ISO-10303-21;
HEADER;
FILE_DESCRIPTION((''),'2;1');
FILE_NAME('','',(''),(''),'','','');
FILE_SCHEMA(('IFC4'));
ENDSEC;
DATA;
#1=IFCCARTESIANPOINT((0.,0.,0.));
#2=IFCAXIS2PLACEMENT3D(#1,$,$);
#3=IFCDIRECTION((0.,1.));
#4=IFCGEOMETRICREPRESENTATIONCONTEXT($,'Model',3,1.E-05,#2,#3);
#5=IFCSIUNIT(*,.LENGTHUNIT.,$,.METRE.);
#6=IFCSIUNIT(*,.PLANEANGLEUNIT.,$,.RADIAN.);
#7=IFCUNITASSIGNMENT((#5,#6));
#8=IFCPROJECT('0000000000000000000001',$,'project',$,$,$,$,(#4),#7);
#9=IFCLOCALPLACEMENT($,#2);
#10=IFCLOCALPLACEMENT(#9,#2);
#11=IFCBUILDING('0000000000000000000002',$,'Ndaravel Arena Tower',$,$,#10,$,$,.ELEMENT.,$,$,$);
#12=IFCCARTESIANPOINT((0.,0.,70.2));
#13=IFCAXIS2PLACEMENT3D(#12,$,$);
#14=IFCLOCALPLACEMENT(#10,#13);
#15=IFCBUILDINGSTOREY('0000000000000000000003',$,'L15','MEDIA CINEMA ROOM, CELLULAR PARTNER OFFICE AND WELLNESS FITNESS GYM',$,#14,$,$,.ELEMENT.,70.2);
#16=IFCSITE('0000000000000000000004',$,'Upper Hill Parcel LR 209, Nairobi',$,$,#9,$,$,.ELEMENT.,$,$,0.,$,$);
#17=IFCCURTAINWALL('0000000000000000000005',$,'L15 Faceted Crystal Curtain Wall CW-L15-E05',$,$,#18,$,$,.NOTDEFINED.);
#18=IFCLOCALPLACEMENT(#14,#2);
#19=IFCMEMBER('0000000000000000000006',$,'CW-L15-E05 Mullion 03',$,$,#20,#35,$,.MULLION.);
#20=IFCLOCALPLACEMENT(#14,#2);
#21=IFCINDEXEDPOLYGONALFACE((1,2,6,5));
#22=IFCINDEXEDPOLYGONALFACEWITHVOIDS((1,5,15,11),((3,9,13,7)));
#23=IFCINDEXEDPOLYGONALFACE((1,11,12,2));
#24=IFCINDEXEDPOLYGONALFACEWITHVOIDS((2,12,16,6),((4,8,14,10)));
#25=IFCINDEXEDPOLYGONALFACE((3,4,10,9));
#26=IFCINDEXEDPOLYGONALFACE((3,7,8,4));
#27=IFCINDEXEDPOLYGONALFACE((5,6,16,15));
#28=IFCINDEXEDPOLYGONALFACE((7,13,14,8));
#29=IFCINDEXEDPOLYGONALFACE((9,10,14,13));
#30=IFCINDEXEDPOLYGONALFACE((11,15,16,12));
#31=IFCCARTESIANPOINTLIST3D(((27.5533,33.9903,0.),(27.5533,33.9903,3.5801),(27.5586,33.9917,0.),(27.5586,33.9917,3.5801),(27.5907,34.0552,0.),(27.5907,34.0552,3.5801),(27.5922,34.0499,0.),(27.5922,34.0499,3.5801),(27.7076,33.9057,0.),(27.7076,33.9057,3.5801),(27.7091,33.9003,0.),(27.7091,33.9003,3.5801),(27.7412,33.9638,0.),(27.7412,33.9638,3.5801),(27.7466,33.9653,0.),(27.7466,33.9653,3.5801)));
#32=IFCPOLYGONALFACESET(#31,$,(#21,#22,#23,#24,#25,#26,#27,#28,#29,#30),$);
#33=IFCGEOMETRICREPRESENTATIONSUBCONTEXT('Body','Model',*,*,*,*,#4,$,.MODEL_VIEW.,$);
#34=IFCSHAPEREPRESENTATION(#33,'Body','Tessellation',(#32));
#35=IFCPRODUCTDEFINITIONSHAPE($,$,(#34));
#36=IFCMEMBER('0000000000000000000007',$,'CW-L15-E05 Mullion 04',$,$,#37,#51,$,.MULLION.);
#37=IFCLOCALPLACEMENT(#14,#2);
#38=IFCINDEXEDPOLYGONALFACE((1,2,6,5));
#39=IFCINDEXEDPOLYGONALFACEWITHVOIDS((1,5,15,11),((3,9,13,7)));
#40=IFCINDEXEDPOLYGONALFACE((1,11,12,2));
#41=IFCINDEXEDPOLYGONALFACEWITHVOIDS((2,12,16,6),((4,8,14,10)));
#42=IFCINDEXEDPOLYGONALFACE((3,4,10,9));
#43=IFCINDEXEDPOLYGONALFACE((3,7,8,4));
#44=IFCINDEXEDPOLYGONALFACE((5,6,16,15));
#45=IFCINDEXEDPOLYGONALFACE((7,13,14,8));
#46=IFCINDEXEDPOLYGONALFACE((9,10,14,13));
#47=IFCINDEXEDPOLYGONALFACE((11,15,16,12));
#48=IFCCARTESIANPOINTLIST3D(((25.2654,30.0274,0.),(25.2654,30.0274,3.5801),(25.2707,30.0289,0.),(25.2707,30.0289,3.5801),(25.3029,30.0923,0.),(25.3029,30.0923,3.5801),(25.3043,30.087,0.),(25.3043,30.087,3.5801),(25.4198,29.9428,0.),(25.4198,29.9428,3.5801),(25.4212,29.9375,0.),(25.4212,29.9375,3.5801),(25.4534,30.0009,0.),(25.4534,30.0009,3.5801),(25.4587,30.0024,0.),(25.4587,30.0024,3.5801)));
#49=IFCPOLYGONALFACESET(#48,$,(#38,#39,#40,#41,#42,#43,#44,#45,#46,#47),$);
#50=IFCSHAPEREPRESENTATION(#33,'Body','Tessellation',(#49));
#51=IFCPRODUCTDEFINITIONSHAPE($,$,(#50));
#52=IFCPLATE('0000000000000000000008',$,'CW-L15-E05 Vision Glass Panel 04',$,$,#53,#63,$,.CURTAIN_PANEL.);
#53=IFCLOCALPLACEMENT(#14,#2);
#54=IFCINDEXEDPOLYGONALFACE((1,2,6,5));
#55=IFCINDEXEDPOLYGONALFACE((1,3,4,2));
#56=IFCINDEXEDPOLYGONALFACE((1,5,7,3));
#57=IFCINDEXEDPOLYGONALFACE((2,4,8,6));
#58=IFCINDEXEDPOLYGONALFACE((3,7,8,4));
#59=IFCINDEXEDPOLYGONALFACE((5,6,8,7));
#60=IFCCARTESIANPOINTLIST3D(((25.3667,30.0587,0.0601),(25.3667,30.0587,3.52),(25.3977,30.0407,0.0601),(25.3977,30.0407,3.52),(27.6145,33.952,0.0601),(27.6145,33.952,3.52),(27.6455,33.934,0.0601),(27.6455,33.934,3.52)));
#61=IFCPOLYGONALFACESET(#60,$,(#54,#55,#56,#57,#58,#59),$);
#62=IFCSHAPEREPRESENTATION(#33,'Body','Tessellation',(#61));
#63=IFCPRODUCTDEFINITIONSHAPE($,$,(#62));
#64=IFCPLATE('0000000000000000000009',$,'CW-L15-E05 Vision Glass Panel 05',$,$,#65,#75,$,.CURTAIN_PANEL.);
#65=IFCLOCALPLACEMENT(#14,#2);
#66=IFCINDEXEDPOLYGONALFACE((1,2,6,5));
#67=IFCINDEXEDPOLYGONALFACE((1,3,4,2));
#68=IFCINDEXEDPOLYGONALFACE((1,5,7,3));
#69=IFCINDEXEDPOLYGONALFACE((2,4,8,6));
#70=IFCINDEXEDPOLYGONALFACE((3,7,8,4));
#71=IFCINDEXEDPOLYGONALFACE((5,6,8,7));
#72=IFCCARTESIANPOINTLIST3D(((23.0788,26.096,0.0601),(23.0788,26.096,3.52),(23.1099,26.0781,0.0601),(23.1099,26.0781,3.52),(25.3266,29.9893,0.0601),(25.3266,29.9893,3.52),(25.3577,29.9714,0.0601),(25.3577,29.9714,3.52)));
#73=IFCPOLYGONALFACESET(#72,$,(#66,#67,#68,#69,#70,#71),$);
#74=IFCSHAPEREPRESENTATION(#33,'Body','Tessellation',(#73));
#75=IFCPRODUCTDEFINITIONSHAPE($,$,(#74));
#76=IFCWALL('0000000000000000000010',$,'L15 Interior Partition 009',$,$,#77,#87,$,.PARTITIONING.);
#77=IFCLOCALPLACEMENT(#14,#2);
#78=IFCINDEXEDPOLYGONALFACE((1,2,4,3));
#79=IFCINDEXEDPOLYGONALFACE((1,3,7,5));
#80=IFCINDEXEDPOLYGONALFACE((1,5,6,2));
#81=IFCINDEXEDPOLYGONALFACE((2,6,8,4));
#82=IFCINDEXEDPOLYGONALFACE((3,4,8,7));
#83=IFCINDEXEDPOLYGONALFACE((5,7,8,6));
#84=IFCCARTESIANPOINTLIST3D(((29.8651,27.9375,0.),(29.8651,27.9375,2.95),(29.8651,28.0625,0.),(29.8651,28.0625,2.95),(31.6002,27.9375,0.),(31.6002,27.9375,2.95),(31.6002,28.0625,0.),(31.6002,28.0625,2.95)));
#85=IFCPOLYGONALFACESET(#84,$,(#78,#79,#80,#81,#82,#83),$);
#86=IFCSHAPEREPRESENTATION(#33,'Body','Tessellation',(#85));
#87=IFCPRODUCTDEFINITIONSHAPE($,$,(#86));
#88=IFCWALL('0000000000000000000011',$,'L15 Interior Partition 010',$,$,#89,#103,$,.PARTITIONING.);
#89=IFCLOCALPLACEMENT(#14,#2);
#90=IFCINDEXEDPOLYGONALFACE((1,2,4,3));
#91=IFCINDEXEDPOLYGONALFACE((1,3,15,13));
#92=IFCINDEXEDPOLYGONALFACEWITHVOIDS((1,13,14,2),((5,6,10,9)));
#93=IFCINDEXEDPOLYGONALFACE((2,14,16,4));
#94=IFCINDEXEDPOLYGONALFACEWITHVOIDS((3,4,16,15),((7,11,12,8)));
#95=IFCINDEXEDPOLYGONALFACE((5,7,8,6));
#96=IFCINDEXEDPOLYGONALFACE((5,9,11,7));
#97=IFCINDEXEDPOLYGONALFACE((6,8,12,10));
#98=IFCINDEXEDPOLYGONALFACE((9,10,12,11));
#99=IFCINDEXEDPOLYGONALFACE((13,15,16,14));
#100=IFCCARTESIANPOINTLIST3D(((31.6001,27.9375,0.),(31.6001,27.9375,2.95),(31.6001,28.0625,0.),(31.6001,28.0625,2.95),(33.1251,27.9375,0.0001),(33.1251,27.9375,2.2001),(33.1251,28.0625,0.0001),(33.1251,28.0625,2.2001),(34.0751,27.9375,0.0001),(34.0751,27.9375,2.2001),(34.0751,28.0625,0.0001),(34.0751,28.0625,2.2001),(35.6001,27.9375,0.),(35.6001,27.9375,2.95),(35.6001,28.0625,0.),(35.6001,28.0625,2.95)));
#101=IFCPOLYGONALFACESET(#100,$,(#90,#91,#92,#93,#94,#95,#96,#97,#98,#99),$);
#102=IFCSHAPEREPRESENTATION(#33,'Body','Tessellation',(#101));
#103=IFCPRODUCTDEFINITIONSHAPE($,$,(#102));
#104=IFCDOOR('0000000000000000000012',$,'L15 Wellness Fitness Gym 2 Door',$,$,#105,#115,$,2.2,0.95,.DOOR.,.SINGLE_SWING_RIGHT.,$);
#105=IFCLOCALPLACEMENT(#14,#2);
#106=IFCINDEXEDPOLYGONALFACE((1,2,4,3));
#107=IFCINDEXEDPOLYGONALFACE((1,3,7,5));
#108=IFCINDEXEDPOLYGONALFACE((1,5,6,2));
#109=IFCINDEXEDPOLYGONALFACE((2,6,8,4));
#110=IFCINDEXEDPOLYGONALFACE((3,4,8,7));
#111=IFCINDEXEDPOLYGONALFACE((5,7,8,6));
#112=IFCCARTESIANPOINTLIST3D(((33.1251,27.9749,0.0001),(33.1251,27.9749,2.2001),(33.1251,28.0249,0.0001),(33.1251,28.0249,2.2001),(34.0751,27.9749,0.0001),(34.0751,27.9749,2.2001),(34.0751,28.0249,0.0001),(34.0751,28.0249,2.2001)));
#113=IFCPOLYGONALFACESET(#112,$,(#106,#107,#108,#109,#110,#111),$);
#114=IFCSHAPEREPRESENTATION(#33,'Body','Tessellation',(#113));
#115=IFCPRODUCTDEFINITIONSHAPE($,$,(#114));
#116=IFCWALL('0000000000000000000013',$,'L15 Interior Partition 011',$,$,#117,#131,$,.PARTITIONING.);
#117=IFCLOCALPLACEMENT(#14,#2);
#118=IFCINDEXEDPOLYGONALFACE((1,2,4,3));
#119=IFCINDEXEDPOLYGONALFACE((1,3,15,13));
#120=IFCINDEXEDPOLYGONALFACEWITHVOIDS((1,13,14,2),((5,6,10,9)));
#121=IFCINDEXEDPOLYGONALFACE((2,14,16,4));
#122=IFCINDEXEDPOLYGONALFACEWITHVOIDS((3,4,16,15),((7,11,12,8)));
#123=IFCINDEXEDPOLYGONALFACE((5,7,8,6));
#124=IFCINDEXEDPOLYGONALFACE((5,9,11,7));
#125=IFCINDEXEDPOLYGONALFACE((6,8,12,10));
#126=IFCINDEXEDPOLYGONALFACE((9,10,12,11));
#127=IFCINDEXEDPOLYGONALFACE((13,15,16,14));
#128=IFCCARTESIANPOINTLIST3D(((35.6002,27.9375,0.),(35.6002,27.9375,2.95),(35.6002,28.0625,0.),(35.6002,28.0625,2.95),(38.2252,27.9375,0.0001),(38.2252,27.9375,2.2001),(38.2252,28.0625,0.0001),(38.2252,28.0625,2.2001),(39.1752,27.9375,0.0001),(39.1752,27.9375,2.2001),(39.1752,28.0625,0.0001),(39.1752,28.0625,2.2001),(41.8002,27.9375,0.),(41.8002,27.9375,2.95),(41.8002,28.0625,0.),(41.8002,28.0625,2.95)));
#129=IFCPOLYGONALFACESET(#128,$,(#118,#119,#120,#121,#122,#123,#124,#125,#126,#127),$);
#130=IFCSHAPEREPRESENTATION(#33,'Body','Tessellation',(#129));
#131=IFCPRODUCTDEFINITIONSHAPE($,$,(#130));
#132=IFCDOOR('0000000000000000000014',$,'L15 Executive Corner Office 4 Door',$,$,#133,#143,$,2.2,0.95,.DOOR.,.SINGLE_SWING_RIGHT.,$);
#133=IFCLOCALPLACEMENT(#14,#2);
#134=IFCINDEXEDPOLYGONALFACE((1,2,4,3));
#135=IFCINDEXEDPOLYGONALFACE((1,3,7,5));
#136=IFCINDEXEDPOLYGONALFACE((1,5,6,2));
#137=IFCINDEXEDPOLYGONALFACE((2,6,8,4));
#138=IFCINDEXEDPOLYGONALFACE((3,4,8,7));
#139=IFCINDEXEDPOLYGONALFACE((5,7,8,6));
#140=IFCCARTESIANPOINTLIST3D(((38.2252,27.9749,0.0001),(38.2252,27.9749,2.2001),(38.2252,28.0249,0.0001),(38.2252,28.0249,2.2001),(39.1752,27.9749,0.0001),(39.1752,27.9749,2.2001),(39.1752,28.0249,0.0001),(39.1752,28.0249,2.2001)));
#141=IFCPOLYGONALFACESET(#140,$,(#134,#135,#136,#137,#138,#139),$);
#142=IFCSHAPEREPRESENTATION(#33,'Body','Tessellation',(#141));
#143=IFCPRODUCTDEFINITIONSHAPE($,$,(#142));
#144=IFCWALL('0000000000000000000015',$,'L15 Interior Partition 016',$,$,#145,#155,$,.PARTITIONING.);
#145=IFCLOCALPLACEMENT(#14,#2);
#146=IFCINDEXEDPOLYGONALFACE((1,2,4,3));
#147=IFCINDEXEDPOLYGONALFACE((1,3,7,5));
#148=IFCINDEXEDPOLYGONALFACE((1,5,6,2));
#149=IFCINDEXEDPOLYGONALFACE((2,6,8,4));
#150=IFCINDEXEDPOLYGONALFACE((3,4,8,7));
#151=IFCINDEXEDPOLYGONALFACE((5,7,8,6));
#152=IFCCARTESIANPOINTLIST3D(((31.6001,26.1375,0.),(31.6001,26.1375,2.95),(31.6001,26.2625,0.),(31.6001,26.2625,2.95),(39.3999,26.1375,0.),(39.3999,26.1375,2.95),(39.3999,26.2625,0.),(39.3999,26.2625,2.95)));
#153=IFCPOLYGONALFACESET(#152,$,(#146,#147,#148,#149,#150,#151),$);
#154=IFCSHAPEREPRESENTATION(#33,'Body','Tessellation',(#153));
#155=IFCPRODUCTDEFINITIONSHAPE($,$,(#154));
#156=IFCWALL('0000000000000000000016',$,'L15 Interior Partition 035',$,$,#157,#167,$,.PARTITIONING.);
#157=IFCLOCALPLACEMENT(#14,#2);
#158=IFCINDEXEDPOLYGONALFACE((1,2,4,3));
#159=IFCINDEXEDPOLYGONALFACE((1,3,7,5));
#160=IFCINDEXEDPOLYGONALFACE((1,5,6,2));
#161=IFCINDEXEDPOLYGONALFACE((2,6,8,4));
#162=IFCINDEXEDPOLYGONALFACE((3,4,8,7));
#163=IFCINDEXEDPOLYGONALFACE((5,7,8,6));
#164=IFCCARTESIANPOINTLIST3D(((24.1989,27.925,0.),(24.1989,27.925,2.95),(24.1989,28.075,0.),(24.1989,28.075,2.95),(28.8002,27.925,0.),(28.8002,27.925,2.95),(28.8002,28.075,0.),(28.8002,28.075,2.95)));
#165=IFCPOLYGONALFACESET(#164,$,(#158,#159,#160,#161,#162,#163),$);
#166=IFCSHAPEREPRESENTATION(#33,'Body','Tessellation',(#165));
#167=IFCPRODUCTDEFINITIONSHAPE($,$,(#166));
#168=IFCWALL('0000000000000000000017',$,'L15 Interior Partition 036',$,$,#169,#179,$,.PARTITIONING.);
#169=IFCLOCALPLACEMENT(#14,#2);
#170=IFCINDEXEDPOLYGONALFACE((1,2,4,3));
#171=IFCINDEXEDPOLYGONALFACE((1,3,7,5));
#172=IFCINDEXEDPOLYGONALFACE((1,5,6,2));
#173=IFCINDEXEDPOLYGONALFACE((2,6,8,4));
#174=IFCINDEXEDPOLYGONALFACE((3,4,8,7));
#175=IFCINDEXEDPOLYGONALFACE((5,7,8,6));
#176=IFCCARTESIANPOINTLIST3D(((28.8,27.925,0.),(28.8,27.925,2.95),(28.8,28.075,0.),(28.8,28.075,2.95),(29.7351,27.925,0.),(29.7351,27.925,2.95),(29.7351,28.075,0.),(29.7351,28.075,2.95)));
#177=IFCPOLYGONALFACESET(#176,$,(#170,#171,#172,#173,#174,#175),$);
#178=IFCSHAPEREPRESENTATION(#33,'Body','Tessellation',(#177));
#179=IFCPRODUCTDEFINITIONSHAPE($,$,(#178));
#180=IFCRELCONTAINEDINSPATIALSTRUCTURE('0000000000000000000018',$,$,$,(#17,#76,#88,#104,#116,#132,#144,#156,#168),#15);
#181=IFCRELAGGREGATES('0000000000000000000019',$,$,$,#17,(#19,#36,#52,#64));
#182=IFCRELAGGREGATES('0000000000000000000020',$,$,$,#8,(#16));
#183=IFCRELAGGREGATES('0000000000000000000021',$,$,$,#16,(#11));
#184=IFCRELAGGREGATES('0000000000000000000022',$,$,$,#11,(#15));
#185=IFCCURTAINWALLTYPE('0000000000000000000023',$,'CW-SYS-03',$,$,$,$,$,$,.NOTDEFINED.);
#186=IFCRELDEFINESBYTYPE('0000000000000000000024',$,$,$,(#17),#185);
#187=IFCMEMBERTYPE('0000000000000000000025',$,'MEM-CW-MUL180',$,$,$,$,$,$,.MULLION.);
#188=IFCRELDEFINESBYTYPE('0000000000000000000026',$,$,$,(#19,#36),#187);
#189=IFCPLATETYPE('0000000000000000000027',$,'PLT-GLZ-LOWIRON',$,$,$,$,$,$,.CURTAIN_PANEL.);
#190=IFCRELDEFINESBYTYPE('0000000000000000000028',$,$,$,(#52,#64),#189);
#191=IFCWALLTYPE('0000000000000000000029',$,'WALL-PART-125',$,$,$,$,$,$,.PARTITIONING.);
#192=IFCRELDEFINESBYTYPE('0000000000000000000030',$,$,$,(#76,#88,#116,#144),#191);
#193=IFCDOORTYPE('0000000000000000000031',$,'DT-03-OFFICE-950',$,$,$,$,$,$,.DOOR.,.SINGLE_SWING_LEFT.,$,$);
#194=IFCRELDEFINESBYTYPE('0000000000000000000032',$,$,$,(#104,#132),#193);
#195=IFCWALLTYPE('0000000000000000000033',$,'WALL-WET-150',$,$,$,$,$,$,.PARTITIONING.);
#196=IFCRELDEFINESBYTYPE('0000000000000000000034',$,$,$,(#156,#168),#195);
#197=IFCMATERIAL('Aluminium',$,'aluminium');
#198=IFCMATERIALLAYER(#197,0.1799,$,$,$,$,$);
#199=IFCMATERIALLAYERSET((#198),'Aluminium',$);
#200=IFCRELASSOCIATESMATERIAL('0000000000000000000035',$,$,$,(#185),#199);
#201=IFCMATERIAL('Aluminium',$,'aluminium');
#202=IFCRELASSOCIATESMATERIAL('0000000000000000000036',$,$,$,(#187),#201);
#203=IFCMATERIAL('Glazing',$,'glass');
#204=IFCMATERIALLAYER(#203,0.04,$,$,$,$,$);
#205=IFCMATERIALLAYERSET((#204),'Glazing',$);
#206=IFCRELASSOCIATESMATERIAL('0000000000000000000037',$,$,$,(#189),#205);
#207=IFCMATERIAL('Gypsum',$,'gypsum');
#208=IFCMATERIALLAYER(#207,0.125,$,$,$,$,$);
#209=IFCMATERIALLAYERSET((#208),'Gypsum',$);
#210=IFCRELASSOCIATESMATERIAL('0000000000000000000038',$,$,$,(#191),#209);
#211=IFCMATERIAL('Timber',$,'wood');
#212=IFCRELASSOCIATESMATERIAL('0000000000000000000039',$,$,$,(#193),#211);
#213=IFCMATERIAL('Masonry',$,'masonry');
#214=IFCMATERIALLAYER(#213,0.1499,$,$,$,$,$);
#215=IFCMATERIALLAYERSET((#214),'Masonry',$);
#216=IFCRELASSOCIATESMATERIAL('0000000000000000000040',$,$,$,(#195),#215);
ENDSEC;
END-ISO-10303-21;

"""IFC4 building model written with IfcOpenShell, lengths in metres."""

from ifc_helpers import new_model, si_unit, direction, frame, frame_2d, origin, origin_2d, place, context, subcontext, project, spatial, rectangle, hollow_rectangle, extrude, material, layer, layer_set, material_profile, profile_set, type_object, element, fill, aggregate, save


model = new_model("IFC4")

# Units and contexts
model_context = context("Model", 3, precision=1e-05, world=origin(), true_north=direction((0.0, 1.0)))
body_context = subcontext(model_context, "Body", "Model", "MODEL_VIEW")
ifc_project = project(units=[si_unit("LENGTHUNIT", "METRE"), si_unit("PLANEANGLEUNIT", "RADIAN")], contexts=[model_context])

# Site, building, storey
site_placement = place(None, origin())
site = spatial("IfcSite", under=ifc_project, at=site_placement, Name="Upper Hill Parcel LR 209, Nairobi", CompositionType="ELEMENT", RefElevation=0.0)
building_placement = place(site_placement, origin())
building = spatial("IfcBuilding", under=site, at=building_placement, Name="Ndaravel Arena Tower", CompositionType="ELEMENT")
storey_placement = place(building_placement, frame((0.0, 0.0, 70.2)))
storey = spatial("IfcBuildingStorey", under=building, at=storey_placement, Name="L15", Description="MEDIA CINEMA ROOM, CELLULAR PARTNER OFFICE AND WELLNESS FITNESS GYM", CompositionType="ELEMENT", Elevation=70.2)

# Curtain wall, members, plates
ifc_material_1 = material(Name="Aluminium", Category="aluminium")
ifc_layer_1 = layer(ifc_material_1, 0.1799)
ifc_layer_set_1 = layer_set([ifc_layer_1], Name="Aluminium")
curtain_wall_type = type_object("IfcCurtainWallType", Name="CW-SYS-03", PredefinedType="NOTDEFINED", material=ifc_layer_set_1)
curtain_wall_placement = place(storey_placement, origin())
curtain_wall = element("IfcCurtainWall", 1, at=curtain_wall_placement, inside=storey, type_object=curtain_wall_type, Name="L15 Faceted Crystal Curtain Wall CW-L15-E05", PredefinedType="NOTDEFINED")
ifc_material_2 = material(Name="Aluminium", Category="aluminium")
ifc_material_profile_1 = material_profile(ifc_material_2, hollow_rectangle(XDim=0.075, YDim=0.1799, WallThickness=0.0039, at=origin_2d()), Name="CW MULLION 75x180x4")
ifc_profile_set_1 = profile_set([ifc_material_profile_1], Name="Aluminium")
member_type = type_object("IfcMemberType", Name="MEM-CW-MUL180", PredefinedType="MULLION", material=ifc_profile_set_1)
member_1_placement = place(storey_placement, frame((27.6499, 33.9778, 0.0), z_axis=(0.0, 0.0, 1.0), x_axis=(-0.5, -0.866025, 0.0)))
member_1 = element("IfcMember", 2, at=member_1_placement, type_object=member_type, Name="CW-L15-E05 Mullion 03", PredefinedType="MULLION", context=body_context, shape_type="SweptSolid", body=[
    extrude(hollow_rectangle(XDim=0.075, YDim=0.1799, WallThickness=0.0039, at=origin_2d()), origin(), (0.0, 0.0, 1.0), 3.5801),
])
member_2_placement = place(storey_placement, frame((25.3621, 30.0149, 0.0), z_axis=(0.0, 0.0, 1.0), x_axis=(-0.5, -0.866025, 0.0)))
member_2 = element("IfcMember", 3, at=member_2_placement, type_object=member_type, Name="CW-L15-E05 Mullion 04", PredefinedType="MULLION", context=body_context, shape_type="SweptSolid", body=[
    extrude(hollow_rectangle(XDim=0.075, YDim=0.1799, WallThickness=0.0039, at=origin_2d()), origin(), (0.0, 0.0, 1.0), 3.5801),
])
ifc_material_3 = material(Name="Glazing", Category="glass")
ifc_layer_2 = layer(ifc_material_3, 0.04)
ifc_layer_set_2 = layer_set([ifc_layer_2], Name="Glazing")
plate_type = type_object("IfcPlateType", Name="PLT-GLZ-LOWIRON", PredefinedType="CURTAIN_PANEL", material=ifc_layer_set_2)
plate_1_placement = place(storey_placement, frame((26.5061, 31.9963, 0.0601), z_axis=(0.0, 0.0, 1.0), x_axis=(-0.5, -0.866025, 0.0)))
plate_1 = element("IfcPlate", 4, at=plate_1_placement, type_object=plate_type, Name="CW-L15-E05 Vision Glass Panel 04", PredefinedType="CURTAIN_PANEL", context=body_context, shape_type="SweptSolid", body=[
    extrude(rectangle(XDim=4.4956, YDim=0.0359, at=origin_2d()), origin(), (0.0, 0.0, 1.0), 3.46),
])
plate_2_placement = place(storey_placement, frame((24.2183, 28.0337, 0.0601), z_axis=(0.0, 0.0, 1.0), x_axis=(-0.5, -0.866025, 0.0)))
plate_2 = element("IfcPlate", 5, at=plate_2_placement, type_object=plate_type, Name="CW-L15-E05 Vision Glass Panel 05", PredefinedType="CURTAIN_PANEL", context=body_context, shape_type="SweptSolid", body=[
    extrude(rectangle(XDim=4.4956, YDim=0.0359, at=origin_2d()), origin(), (0.0, 0.0, 1.0), 3.46),
])
aggregate(curtain_wall, [member_1, member_2, plate_1, plate_2])

# Wall
ifc_material_4 = material(Name="Gypsum", Category="gypsum")
ifc_layer_3 = layer(ifc_material_4, 0.125)
ifc_layer_set_3 = layer_set([ifc_layer_3], Name="Gypsum")
wall_type_1 = type_object("IfcWallType", Name="WALL-PART-125", PredefinedType="PARTITIONING", material=ifc_layer_set_3)
wall_1_placement = place(storey_placement, frame((29.865, 28.0, 0.0), z_axis=(0.0, 0.0, 1.0), x_axis=(1.0, 0.0, 0.0)))
element("IfcWall", 6, at=wall_1_placement, inside=storey, type_object=wall_type_1, Name="L15 Interior Partition 009", PredefinedType="PARTITIONING", context=body_context, shape_type="SweptSolid", body=[
    extrude(rectangle(XDim=1.7351, YDim=0.125, at=frame_2d((0.8677, 0.0))), origin(), (0.0, 0.0, 1.0), 2.95),
])

# Walls, openings, doors
wall_2_placement = place(storey_placement, frame((31.6001, 28.0, 0.0), z_axis=(0.0, 0.0, 1.0), x_axis=(1.0, 0.0, 0.0)))
wall_2 = element("IfcWall", 7, at=wall_2_placement, inside=storey, type_object=wall_type_1, Name="L15 Interior Partition 010", PredefinedType="PARTITIONING", context=body_context, shape_type="SweptSolid", body=[
    extrude(rectangle(XDim=4.0, YDim=0.125, at=frame_2d((2.0, 0.0))), origin(), (0.0, 0.0, 1.0), 2.95),
])
opening_1_placement = place(wall_2_placement, frame((1.5249, 0.0, 0.0)))
opening_1 = element("IfcOpeningElement", 8, at=opening_1_placement, cuts=wall_2, PredefinedType="OPENING", context=body_context, shape_type="SweptSolid", body=[
    extrude(rectangle(XDim=0.95, YDim=2.2, at=frame_2d((0.4751, 1.1001))), frame((0.0, 0.0625, 0.0), z_axis=(0.0, -1.0, 0.0), x_axis=(1.0, 0.0, 0.0)), (0.0, 0.0, 1.0), 0.125),
])
ifc_material_5 = material(Name="Timber", Category="wood")
door_type_1 = type_object("IfcDoorType", Name="DT-03-OFFICE-950", OperationType="SINGLE_SWING_LEFT", PredefinedType="DOOR", material=ifc_material_5)
door_1_placement = place(opening_1_placement, origin())
door_1 = element("IfcDoor", 9, at=door_1_placement, inside=storey, type_object=door_type_1, Name="L15 Wellness Fitness Gym 2 Door", OperationType="SINGLE_SWING_RIGHT", OverallHeight=2.2, OverallWidth=0.95, PredefinedType="DOOR", context=body_context, shape_type="SweptSolid", body=[
    extrude(rectangle(XDim=0.95, YDim=2.2, at=frame_2d((0.4751, 1.1001))), frame((0.0, 0.0249, 0.0), z_axis=(0.0, -1.0, 0.0), x_axis=(1.0, 0.0, 0.0)), (0.0, 0.0, 1.0), 0.05),
])
fill(opening_1, door_1)
wall_3_placement = place(storey_placement, frame((35.6001, 28.0, 0.0), z_axis=(0.0, 0.0, 1.0), x_axis=(1.0, 0.0, 0.0)))
wall_3 = element("IfcWall", 10, at=wall_3_placement, inside=storey, type_object=wall_type_1, Name="L15 Interior Partition 011", PredefinedType="PARTITIONING", context=body_context, shape_type="SweptSolid", body=[
    extrude(rectangle(XDim=6.2, YDim=0.125, at=frame_2d((3.1001, 0.0))), origin(), (0.0, 0.0, 1.0), 2.95),
])
opening_2_placement = place(wall_3_placement, frame((2.625, 0.0, 0.0)))
opening_2 = element("IfcOpeningElement", 11, at=opening_2_placement, cuts=wall_3, PredefinedType="OPENING", context=body_context, shape_type="SweptSolid", body=[
    extrude(rectangle(XDim=0.95, YDim=2.2, at=frame_2d((0.4751, 1.1001))), frame((0.0, 0.0625, 0.0), z_axis=(0.0, -1.0, 0.0), x_axis=(1.0, 0.0, 0.0)), (0.0, 0.0, 1.0), 0.125),
])
door_2_placement = place(opening_2_placement, origin())
door_2 = element("IfcDoor", 12, at=door_2_placement, inside=storey, type_object=door_type_1, Name="L15 Executive Corner Office 4 Door", OperationType="SINGLE_SWING_RIGHT", OverallHeight=2.2, OverallWidth=0.95, PredefinedType="DOOR", context=body_context, shape_type="SweptSolid", body=[
    extrude(rectangle(XDim=0.95, YDim=2.2, at=frame_2d((0.4751, 1.1001))), frame((0.0, 0.0249, 0.0), z_axis=(0.0, -1.0, 0.0), x_axis=(1.0, 0.0, 0.0)), (0.0, 0.0, 1.0), 0.05),
])
fill(opening_2, door_2)

# Wall
wall_4_placement = place(storey_placement, frame((39.3999, 26.2, 0.0), z_axis=(0.0, 0.0, 1.0), x_axis=(-1.0, 0.0, 0.0)))
element("IfcWall", 13, at=wall_4_placement, inside=storey, type_object=wall_type_1, Name="L15 Interior Partition 016", PredefinedType="PARTITIONING", context=body_context, shape_type="SweptSolid", body=[
    extrude(rectangle(XDim=7.7998, YDim=0.125, at=frame_2d((3.8999, 0.0))), origin(), (0.0, 0.0, 1.0), 2.95),
])

# Shared definitions
ifc_material_6 = material(Name="Masonry", Category="masonry")
ifc_layer_4 = layer(ifc_material_6, 0.1499)
ifc_layer_set_4 = layer_set([ifc_layer_4], Name="Masonry")
wall_type_2 = type_object("IfcWallType", Name="WALL-WET-150", PredefinedType="PARTITIONING", material=ifc_layer_set_4)

# Walls
wall_5_placement = place(storey_placement, frame((24.1987, 28.0, 0.0), z_axis=(0.0, 0.0, 1.0), x_axis=(1.0, 0.0, 0.0)))
element("IfcWall", 14, at=wall_5_placement, inside=storey, type_object=wall_type_2, Name="L15 Interior Partition 035", PredefinedType="PARTITIONING", context=body_context, shape_type="SweptSolid", body=[
    extrude(rectangle(XDim=4.6013, YDim=0.1499, at=frame_2d((2.3008, 0.0))), origin(), (0.0, 0.0, 1.0), 2.95),
])
wall_6_placement = place(storey_placement, frame((28.8, 28.0, 0.0), z_axis=(0.0, 0.0, 1.0), x_axis=(1.0, 0.0, 0.0)))
element("IfcWall", 15, at=wall_6_placement, inside=storey, type_object=wall_type_2, Name="L15 Interior Partition 036", PredefinedType="PARTITIONING", context=body_context, shape_type="SweptSolid", body=[
    extrude(rectangle(XDim=0.9351, YDim=0.1499, at=frame_2d((0.4675, 0.0))), origin(), (0.0, 0.0, 1.0), 2.95),
])

save(model, "model.ifc")
